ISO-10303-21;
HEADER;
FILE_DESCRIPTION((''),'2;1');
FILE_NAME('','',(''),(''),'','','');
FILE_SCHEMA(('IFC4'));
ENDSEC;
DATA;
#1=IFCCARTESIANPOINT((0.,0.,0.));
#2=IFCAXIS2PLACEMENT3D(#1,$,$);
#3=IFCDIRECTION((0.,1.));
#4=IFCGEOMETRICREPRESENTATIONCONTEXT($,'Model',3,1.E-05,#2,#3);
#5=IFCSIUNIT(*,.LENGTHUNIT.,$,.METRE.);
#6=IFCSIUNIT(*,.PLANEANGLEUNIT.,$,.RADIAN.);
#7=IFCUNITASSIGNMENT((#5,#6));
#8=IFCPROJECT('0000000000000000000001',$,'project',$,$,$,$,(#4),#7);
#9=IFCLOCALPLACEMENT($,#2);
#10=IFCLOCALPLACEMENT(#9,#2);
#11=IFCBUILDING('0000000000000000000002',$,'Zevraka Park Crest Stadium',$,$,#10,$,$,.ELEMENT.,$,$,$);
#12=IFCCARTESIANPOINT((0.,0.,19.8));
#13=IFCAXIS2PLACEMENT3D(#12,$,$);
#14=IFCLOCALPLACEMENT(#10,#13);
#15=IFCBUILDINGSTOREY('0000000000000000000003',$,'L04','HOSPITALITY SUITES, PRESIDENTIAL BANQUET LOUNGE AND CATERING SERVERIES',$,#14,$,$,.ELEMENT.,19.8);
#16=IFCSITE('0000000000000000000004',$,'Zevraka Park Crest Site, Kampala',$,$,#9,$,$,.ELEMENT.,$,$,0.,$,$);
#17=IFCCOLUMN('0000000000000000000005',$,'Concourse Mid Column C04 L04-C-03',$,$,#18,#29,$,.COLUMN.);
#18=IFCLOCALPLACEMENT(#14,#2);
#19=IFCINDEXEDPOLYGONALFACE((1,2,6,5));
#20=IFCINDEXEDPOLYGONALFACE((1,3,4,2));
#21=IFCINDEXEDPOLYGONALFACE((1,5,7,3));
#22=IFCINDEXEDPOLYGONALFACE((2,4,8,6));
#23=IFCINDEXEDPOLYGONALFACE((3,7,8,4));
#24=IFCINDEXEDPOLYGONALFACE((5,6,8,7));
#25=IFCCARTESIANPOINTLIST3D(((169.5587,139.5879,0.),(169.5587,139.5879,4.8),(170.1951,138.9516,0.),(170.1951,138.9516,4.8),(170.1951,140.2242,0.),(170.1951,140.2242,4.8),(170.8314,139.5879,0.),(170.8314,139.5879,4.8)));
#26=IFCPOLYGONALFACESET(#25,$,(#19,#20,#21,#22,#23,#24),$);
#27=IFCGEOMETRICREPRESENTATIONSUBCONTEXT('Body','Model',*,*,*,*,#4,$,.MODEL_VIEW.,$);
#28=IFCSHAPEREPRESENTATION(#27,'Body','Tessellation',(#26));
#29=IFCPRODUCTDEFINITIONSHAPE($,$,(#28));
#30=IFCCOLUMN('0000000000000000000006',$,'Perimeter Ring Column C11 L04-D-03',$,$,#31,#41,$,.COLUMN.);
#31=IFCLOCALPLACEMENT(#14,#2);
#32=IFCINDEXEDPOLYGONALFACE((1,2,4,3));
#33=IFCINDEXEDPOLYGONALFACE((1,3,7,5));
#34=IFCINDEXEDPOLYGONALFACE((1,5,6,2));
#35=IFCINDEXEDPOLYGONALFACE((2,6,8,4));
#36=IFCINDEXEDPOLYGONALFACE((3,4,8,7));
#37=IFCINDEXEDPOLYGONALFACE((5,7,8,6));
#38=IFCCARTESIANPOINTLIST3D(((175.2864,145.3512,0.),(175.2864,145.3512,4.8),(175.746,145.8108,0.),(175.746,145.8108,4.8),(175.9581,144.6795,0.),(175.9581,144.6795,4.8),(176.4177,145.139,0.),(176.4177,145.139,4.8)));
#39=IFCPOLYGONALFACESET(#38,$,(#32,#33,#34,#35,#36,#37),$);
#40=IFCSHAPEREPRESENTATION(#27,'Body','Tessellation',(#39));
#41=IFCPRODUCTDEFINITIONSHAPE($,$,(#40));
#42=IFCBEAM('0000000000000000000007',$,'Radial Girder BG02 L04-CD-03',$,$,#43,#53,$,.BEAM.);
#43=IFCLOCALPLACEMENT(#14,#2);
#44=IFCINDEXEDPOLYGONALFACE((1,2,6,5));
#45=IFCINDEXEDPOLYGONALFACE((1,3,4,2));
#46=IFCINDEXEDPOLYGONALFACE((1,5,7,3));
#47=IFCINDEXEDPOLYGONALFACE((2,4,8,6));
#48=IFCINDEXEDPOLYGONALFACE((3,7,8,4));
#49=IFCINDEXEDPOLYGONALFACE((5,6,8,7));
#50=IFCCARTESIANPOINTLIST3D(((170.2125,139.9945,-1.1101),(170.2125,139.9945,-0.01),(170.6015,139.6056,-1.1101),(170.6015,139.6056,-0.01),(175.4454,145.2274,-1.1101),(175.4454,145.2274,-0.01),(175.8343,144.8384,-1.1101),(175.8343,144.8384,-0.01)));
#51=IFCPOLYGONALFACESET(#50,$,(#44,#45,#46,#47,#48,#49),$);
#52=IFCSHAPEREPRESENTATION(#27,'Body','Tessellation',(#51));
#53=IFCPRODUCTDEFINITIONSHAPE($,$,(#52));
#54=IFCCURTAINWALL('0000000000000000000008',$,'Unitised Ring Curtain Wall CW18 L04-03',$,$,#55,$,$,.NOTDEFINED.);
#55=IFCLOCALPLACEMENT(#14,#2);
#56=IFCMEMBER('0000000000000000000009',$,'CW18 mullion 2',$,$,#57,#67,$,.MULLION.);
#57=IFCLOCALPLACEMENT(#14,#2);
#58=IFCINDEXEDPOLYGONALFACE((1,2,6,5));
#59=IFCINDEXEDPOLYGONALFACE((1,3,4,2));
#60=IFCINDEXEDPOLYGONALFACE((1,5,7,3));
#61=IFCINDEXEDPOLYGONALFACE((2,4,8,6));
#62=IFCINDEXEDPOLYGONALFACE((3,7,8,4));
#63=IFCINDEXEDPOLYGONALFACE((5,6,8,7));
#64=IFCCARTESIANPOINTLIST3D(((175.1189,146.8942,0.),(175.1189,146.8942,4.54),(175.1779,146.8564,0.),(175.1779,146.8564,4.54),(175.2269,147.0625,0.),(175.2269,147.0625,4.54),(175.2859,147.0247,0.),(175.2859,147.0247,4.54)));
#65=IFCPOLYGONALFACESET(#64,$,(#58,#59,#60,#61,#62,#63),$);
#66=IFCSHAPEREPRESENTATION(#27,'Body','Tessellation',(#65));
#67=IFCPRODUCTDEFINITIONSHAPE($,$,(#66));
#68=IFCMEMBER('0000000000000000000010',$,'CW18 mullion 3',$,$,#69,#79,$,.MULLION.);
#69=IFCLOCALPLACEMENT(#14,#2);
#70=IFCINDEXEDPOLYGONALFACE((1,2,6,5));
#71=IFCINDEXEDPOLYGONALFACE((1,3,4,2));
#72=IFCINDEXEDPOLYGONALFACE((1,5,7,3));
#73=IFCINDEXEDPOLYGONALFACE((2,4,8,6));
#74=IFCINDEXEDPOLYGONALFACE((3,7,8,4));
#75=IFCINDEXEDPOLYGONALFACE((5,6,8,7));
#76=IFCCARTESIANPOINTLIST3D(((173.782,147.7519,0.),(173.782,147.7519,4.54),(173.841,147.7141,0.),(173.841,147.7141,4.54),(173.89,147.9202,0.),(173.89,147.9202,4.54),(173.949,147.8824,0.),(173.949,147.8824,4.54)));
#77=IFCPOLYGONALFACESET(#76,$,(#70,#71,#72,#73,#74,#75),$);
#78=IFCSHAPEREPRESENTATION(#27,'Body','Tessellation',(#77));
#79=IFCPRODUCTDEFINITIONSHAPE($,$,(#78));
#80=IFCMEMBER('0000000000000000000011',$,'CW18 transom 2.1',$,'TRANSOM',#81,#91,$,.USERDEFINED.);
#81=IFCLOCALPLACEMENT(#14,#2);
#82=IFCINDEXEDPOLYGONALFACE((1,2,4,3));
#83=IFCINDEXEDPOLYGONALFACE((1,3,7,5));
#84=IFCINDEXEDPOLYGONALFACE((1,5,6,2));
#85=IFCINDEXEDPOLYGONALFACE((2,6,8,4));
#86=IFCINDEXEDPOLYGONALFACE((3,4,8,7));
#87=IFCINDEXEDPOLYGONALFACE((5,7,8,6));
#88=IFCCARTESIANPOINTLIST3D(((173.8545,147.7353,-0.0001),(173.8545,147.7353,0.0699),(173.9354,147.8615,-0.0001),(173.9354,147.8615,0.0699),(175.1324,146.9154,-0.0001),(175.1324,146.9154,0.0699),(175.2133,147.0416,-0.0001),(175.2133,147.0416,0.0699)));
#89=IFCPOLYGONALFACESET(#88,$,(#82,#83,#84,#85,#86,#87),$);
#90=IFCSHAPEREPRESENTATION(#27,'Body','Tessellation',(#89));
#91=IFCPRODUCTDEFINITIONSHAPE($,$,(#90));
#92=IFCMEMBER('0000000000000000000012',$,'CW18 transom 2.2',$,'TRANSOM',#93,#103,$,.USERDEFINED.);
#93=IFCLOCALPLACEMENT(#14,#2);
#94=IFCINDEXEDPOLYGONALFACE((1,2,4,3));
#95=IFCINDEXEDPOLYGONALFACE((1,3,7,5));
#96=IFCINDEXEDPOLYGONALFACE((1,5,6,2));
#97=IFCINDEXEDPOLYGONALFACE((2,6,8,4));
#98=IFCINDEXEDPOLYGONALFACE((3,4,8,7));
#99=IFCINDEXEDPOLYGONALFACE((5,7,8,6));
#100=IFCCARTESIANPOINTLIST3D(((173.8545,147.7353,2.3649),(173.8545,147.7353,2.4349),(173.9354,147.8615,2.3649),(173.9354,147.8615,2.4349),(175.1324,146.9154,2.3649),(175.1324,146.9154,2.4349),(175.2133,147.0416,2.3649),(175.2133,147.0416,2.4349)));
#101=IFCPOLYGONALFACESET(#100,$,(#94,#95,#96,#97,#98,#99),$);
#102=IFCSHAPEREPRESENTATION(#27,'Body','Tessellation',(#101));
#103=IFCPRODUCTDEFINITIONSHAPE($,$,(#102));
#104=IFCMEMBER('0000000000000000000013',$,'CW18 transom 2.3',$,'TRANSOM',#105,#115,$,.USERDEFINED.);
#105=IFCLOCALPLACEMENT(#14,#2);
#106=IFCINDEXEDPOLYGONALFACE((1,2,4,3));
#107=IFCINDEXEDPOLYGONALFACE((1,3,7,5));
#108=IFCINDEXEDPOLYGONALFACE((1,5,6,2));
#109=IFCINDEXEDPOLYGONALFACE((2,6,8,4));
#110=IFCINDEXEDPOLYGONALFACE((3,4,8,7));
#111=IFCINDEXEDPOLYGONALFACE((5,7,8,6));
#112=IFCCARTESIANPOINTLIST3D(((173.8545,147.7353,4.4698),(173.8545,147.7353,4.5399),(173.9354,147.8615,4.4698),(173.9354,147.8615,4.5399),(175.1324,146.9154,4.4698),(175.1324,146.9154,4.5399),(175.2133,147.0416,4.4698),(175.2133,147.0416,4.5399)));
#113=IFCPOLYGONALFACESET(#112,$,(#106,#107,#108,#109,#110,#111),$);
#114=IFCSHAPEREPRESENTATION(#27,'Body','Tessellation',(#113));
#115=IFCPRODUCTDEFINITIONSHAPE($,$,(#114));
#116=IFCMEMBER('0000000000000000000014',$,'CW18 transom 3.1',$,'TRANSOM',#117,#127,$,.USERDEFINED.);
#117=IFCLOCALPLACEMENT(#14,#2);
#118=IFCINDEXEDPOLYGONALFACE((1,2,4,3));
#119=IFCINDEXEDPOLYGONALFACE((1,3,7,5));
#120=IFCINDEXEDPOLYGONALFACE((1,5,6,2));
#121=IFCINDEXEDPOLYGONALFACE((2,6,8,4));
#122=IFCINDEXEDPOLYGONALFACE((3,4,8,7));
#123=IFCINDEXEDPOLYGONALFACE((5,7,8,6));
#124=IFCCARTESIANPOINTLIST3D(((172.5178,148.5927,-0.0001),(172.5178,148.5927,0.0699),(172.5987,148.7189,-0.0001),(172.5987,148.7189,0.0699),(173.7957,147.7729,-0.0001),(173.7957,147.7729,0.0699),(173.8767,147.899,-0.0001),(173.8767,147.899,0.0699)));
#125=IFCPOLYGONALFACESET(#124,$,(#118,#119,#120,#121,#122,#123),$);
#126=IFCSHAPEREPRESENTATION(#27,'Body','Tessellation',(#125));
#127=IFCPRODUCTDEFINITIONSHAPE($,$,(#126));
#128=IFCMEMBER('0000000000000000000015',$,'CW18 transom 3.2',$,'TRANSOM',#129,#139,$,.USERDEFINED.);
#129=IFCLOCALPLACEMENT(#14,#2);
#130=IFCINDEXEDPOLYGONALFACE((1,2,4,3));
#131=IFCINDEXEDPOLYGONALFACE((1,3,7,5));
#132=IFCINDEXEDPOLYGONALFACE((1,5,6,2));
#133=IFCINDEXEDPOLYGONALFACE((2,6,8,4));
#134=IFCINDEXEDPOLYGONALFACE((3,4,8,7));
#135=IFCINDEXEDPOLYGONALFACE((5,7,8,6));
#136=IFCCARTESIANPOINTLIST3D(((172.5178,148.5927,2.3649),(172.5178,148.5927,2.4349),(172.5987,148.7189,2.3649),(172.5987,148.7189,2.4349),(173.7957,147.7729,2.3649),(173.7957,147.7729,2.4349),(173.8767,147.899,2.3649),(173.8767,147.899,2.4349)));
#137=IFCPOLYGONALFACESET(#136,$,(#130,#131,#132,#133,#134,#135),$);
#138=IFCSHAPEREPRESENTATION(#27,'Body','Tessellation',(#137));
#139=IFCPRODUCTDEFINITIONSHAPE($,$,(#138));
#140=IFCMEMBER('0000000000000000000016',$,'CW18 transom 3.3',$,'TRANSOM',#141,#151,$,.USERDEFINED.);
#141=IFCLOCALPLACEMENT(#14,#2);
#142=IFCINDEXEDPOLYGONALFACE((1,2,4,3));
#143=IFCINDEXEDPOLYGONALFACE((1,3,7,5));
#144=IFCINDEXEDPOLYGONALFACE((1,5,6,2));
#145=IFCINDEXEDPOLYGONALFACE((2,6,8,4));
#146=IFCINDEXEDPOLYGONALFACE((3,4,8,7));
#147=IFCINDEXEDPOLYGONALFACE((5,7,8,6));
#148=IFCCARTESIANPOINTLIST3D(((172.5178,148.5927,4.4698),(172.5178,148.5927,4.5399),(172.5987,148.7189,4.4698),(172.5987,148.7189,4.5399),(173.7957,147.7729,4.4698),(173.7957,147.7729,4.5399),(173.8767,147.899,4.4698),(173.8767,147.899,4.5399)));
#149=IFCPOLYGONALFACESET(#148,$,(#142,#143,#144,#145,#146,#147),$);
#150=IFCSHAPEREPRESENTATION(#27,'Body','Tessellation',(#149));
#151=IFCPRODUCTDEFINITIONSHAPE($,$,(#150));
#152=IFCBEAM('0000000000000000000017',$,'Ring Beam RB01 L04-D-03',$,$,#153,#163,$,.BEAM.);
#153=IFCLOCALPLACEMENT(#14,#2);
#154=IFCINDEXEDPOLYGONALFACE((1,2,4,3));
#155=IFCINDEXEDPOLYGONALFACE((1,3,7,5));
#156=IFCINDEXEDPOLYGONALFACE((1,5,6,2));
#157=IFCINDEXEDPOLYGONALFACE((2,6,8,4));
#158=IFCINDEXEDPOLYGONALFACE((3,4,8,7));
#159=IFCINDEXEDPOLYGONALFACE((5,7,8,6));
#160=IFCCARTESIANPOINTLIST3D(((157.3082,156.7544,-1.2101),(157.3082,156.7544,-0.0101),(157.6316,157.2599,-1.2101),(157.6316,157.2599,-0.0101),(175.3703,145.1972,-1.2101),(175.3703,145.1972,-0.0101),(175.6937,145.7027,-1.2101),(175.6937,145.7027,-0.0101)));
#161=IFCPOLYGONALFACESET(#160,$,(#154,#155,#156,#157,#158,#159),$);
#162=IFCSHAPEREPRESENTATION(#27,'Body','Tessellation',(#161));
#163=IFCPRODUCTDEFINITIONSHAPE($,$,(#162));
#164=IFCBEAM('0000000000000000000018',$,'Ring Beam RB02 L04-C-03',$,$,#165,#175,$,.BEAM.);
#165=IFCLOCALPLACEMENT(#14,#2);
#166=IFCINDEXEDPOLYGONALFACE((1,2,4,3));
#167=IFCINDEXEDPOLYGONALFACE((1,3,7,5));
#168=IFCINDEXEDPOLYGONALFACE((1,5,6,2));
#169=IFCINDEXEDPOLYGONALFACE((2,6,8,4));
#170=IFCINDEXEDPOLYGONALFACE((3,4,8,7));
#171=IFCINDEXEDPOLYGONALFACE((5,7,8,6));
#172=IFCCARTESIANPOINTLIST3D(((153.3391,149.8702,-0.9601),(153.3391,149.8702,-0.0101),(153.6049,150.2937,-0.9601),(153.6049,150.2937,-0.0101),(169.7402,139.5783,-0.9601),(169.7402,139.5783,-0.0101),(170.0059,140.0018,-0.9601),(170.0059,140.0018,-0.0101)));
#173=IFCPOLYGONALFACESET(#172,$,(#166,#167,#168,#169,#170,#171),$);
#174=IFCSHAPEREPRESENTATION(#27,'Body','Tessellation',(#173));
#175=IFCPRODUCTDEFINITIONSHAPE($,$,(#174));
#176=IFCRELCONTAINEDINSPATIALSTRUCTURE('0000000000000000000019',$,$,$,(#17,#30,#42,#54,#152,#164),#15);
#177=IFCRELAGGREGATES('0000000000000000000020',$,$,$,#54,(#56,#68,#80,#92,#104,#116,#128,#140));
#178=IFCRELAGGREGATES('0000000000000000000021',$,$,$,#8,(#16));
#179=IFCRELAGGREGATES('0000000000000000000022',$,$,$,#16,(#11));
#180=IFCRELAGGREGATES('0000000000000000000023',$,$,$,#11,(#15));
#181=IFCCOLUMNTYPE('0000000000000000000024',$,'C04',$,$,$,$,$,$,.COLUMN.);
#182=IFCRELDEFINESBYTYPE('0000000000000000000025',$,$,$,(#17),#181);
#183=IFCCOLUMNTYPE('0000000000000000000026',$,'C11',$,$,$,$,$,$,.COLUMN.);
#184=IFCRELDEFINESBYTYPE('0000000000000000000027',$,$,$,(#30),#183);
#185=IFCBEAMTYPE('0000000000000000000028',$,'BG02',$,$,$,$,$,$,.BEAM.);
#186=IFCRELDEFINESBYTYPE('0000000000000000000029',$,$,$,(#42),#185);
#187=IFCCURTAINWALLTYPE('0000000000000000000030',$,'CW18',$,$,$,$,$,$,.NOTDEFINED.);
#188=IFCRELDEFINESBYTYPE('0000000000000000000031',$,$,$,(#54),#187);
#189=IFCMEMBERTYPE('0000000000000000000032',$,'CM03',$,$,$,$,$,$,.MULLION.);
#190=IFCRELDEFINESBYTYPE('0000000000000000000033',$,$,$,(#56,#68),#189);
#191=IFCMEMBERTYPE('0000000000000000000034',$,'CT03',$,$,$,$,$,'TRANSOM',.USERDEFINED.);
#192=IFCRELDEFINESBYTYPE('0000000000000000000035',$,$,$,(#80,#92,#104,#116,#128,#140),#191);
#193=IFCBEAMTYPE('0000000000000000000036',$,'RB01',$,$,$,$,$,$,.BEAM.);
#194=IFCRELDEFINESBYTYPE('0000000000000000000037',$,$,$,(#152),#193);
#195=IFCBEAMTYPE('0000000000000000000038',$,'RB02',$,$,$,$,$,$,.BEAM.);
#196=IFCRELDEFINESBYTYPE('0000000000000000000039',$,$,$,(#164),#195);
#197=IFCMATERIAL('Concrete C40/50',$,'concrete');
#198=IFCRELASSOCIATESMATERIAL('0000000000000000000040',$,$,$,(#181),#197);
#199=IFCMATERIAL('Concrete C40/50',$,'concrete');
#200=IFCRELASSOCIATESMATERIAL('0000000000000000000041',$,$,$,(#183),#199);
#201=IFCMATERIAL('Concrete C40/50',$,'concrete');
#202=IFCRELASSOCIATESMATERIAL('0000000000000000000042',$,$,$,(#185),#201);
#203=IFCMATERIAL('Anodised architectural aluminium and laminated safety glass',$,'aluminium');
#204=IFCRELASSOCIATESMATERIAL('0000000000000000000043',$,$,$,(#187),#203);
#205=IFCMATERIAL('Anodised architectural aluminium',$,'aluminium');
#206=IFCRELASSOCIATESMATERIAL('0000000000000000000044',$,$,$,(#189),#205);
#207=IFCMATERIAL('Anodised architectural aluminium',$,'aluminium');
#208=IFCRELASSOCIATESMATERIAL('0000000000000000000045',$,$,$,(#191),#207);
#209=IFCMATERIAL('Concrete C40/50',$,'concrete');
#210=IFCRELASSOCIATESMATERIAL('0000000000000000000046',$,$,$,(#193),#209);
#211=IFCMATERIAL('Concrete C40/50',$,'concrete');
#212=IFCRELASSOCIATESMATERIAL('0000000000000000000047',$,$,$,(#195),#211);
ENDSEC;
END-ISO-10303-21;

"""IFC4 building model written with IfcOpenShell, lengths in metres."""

from ifc_helpers import new_model, si_unit, direction, frame, origin, origin_2d, place, context, subcontext, project, spatial, rectangle, extrude, material, material_profile, profile_set, type_object, element, aggregate, save


model = new_model("IFC4")

# Units and contexts
model_context = context("Model", 3, precision=1e-05, world=origin(), true_north=direction((0.0, 1.0)))
body_context = subcontext(model_context, "Body", "Model", "MODEL_VIEW")
ifc_project = project(units=[si_unit("LENGTHUNIT", "METRE"), si_unit("PLANEANGLEUNIT", "RADIAN")], contexts=[model_context])

# Site, building, storey
site_placement = place(None, origin())
site = spatial("IfcSite", under=ifc_project, at=site_placement, Name="Zevraka Park Crest Site, Kampala", CompositionType="ELEMENT", RefElevation=0.0)
building_placement = place(site_placement, origin())
building = spatial("IfcBuilding", under=site, at=building_placement, Name="Zevraka Park Crest Stadium", CompositionType="ELEMENT")
storey_placement = place(building_placement, frame((0.0, 0.0, 19.8)))
storey = spatial("IfcBuildingStorey", under=building, at=storey_placement, Name="L04", Description="HOSPITALITY SUITES, PRESIDENTIAL BANQUET LOUNGE AND CATERING SERVERIES", CompositionType="ELEMENT", Elevation=19.8)

# Columns
ifc_material_1 = material(Name="Concrete C40/50", Category="concrete")
ifc_material_profile_1 = material_profile(ifc_material_1, rectangle(XDim=0.8999, YDim=0.8999, at=origin_2d()), Name="RC 900x900")
ifc_profile_set_1 = profile_set([ifc_material_profile_1], Name="Concrete C40/50")
column_type_1 = type_object("IfcColumnType", Name="C04", PredefinedType="COLUMN", material=ifc_profile_set_1)
column_1_placement = place(storey_placement, frame((170.1951, 139.5879, 0.0), z_axis=(0.0, 0.0, 1.0), x_axis=(0.707107, 0.707107, 0.0)))
element("IfcColumn", 1, at=column_1_placement, inside=storey, type_object=column_type_1, Name="Concourse Mid Column C04 L04-C-03", PredefinedType="COLUMN", context=body_context, shape_type="SweptSolid", body=[
    extrude(rectangle(XDim=0.8999, YDim=0.8999, at=origin_2d()), origin(), (0.0, 0.0, 1.0), 4.8),
])
ifc_material_2 = material(Name="Concrete C40/50", Category="concrete")
ifc_material_profile_2 = material_profile(ifc_material_2, rectangle(XDim=0.6499, YDim=0.95, at=origin_2d()), Name="RC 950x650")
ifc_profile_set_2 = profile_set([ifc_material_profile_2], Name="Concrete C40/50")
column_type_2 = type_object("IfcColumnType", Name="C11", PredefinedType="COLUMN", material=ifc_profile_set_2)
column_2_placement = place(storey_placement, frame((175.8521, 145.2451, 0.0), z_axis=(0.0, 0.0, 1.0), x_axis=(0.707107, 0.707107, 0.0)))
element("IfcColumn", 2, at=column_2_placement, inside=storey, type_object=column_type_2, Name="Perimeter Ring Column C11 L04-D-03", PredefinedType="COLUMN", context=body_context, shape_type="SweptSolid", body=[
    extrude(rectangle(XDim=0.6499, YDim=0.95, at=origin_2d()), origin(), (0.0, 0.0, 1.0), 4.8),
])

# Beam
ifc_material_3 = material(Name="Concrete C40/50", Category="concrete")
ifc_material_profile_3 = material_profile(ifc_material_3, rectangle(XDim=0.55, YDim=1.1001, at=origin_2d()), Name="RC 1100x550")
ifc_profile_set_3 = profile_set([ifc_material_profile_3], Name="Concrete C40/50")
beam_type_1 = type_object("IfcBeamType", Name="BG02", PredefinedType="BEAM", material=ifc_profile_set_3)
beam_1_placement = place(storey_placement, frame((170.407, 139.8, -0.5601), z_axis=(0.707107, 0.707107, 0.0), x_axis=(-0.707107, 0.707107, 0.0)))
element("IfcBeam", 3, at=beam_1_placement, inside=storey, type_object=beam_type_1, Name="Radial Girder BG02 L04-CD-03", PredefinedType="BEAM", context=body_context, shape_type="SweptSolid", body=[
    extrude(rectangle(XDim=0.55, YDim=1.1001, at=origin_2d()), origin(), (0.0, 0.0, 1.0), 7.4004),
])

# Curtain wall, members
ifc_material_4 = material(Name="Anodised architectural aluminium and laminated safety glass", Category="aluminium")
curtain_wall_type = type_object("IfcCurtainWallType", Name="CW18", PredefinedType="NOTDEFINED", material=ifc_material_4)
curtain_wall_placement = place(storey_placement, origin())
curtain_wall = element("IfcCurtainWall", 4, at=curtain_wall_placement, inside=storey, type_object=curtain_wall_type, Name="Unitised Ring Curtain Wall CW18 L04-03", PredefinedType="NOTDEFINED")
ifc_material_5 = material(Name="Anodised architectural aluminium", Category="aluminium")
ifc_material_profile_4 = material_profile(ifc_material_5, rectangle(XDim=0.2, YDim=0.0701, at=origin_2d()), Name="ALU MULLION 200x70")
ifc_profile_set_4 = profile_set([ifc_material_profile_4], Name="Anodised architectural aluminium")
member_type_1 = type_object("IfcMemberType", Name="CM03", PredefinedType="MULLION", material=ifc_profile_set_4)
member_1_placement = place(storey_placement, frame((175.2024, 146.9595, 0.0), z_axis=(0.0, 0.0, 1.0), x_axis=(-0.53998, -0.841678, 0.0)))
member_1 = element("IfcMember", 5, at=member_1_placement, type_object=member_type_1, Name="CW18 mullion 2", PredefinedType="MULLION", context=body_context, shape_type="SweptSolid", body=[
    extrude(rectangle(XDim=0.2, YDim=0.0701, at=origin_2d()), origin(), (0.0, 0.0, 1.0), 4.54),
])
member_2_placement = place(storey_placement, frame((173.8655, 147.8171, 0.0), z_axis=(0.0, 0.0, 1.0), x_axis=(-0.53998, -0.841678, 0.0)))
member_2 = element("IfcMember", 6, at=member_2_placement, type_object=member_type_1, Name="CW18 mullion 3", PredefinedType="MULLION", context=body_context, shape_type="SweptSolid", body=[
    extrude(rectangle(XDim=0.2, YDim=0.0701, at=origin_2d()), origin(), (0.0, 0.0, 1.0), 4.54),
])
ifc_material_6 = material(Name="Anodised architectural aluminium", Category="aluminium")
ifc_material_profile_5 = material_profile(ifc_material_6, rectangle(XDim=0.1499, YDim=0.0701, at=origin_2d()), Name="ALU TRANSOM 150x70")
ifc_profile_set_5 = profile_set([ifc_material_profile_5], Name="Anodised architectural aluminium")
member_type_2 = type_object("IfcMemberType", Name="CT03", ElementType="TRANSOM", PredefinedType="USERDEFINED", material=ifc_profile_set_5)
member_3_placement = place(storey_placement, frame((175.1729, 146.9785, 0.0349), z_axis=(-0.841669, 0.539993, 0.0), x_axis=(-0.539993, -0.841669, 0.0)))
member_3 = element("IfcMember", 7, at=member_3_placement, type_object=member_type_2, Name="CW18 transom 2.1", ObjectType="TRANSOM", PredefinedType="USERDEFINED", context=body_context, shape_type="SweptSolid", body=[
    extrude(rectangle(XDim=0.1499, YDim=0.0701, at=origin_2d()), origin(), (0.0, 0.0, 1.0), 1.5183),
])
member_4_placement = place(storey_placement, frame((175.1729, 146.9785, 2.3999), z_axis=(-0.841669, 0.539993, 0.0), x_axis=(-0.539993, -0.841669, 0.0)))
member_4 = element("IfcMember", 8, at=member_4_placement, type_object=member_type_2, Name="CW18 transom 2.2", ObjectType="TRANSOM", PredefinedType="USERDEFINED", context=body_context, shape_type="SweptSolid", body=[
    extrude(rectangle(XDim=0.1499, YDim=0.0701, at=origin_2d()), origin(), (0.0, 0.0, 1.0), 1.5183),
])
member_5_placement = place(storey_placement, frame((175.1729, 146.9785, 4.5049), z_axis=(-0.841669, 0.539993, 0.0), x_axis=(-0.539993, -0.841669, 0.0)))
member_5 = element("IfcMember", 9, at=member_5_placement, type_object=member_type_2, Name="CW18 transom 2.3", ObjectType="TRANSOM", PredefinedType="USERDEFINED", context=body_context, shape_type="SweptSolid", body=[
    extrude(rectangle(XDim=0.1499, YDim=0.0701, at=origin_2d()), origin(), (0.0, 0.0, 1.0), 1.5183),
])
member_6_placement = place(storey_placement, frame((173.8362, 147.8359, 0.0349), z_axis=(-0.841669, 0.539993, 0.0), x_axis=(-0.539993, -0.841669, 0.0)))
member_6 = element("IfcMember", 10, at=member_6_placement, type_object=member_type_2, Name="CW18 transom 3.1", ObjectType="TRANSOM", PredefinedType="USERDEFINED", context=body_context, shape_type="SweptSolid", body=[
    extrude(rectangle(XDim=0.1499, YDim=0.0701, at=origin_2d()), origin(), (0.0, 0.0, 1.0), 1.5183),
])
member_7_placement = place(storey_placement, frame((173.8362, 147.8359, 2.3999), z_axis=(-0.841669, 0.539993, 0.0), x_axis=(-0.539993, -0.841669, 0.0)))
member_7 = element("IfcMember", 11, at=member_7_placement, type_object=member_type_2, Name="CW18 transom 3.2", ObjectType="TRANSOM", PredefinedType="USERDEFINED", context=body_context, shape_type="SweptSolid", body=[
    extrude(rectangle(XDim=0.1499, YDim=0.0701, at=origin_2d()), origin(), (0.0, 0.0, 1.0), 1.5183),
])
member_8_placement = place(storey_placement, frame((173.8362, 147.8359, 4.5049), z_axis=(-0.841669, 0.539993, 0.0), x_axis=(-0.539993, -0.841669, 0.0)))
member_8 = element("IfcMember", 12, at=member_8_placement, type_object=member_type_2, Name="CW18 transom 3.3", ObjectType="TRANSOM", PredefinedType="USERDEFINED", context=body_context, shape_type="SweptSolid", body=[
    extrude(rectangle(XDim=0.1499, YDim=0.0701, at=origin_2d()), origin(), (0.0, 0.0, 1.0), 1.5183),
])

# Beams
ifc_material_7 = material(Name="Concrete C40/50", Category="concrete")
ifc_material_profile_6 = material_profile(ifc_material_7, rectangle(XDim=0.6001, YDim=1.2, at=origin_2d()), Name="RC 1200x600")
ifc_profile_set_6 = profile_set([ifc_material_profile_6], Name="Concrete C40/50")
beam_type_2 = type_object("IfcBeamType", Name="RB01", PredefinedType="BEAM", material=ifc_profile_set_6)
beam_2_placement = place(storey_placement, frame((175.532, 145.45, -0.6101), z_axis=(-0.842326, 0.538969, 0.0), x_axis=(-0.538969, -0.842326, 0.0)))
element("IfcBeam", 13, at=beam_2_placement, inside=storey, type_object=beam_type_2, Name="Ring Beam RB01 L04-D-03", PredefinedType="BEAM", context=body_context, shape_type="SweptSolid", body=[
    extrude(rectangle(XDim=0.6001, YDim=1.2, at=origin_2d()), origin(), (0.0, 0.0, 1.0), 21.4431),
])
ifc_material_8 = material(Name="Concrete C40/50", Category="concrete")
ifc_material_profile_7 = material_profile(ifc_material_8, rectangle(XDim=0.5, YDim=0.95, at=origin_2d()), Name="RC 950x500")
ifc_profile_set_7 = profile_set([ifc_material_profile_7], Name="Concrete C40/50")
beam_type_3 = type_object("IfcBeamType", Name="RB02", PredefinedType="BEAM", material=ifc_profile_set_7)
beam_3_placement = place(storey_placement, frame((169.873, 139.79, -0.4851), z_axis=(-0.847039, 0.531532, 0.0), x_axis=(-0.531532, -0.847039, 0.0)))
element("IfcBeam", 14, at=beam_3_placement, inside=storey, type_object=beam_type_3, Name="Ring Beam RB02 L04-C-03", PredefinedType="BEAM", context=body_context, shape_type="SweptSolid", body=[
    extrude(rectangle(XDim=0.5, YDim=0.95, at=origin_2d()), origin(), (0.0, 0.0, 1.0), 19.3628),
])

aggregate(curtain_wall, [member_1, member_2, member_3, member_4, member_5, member_6, member_7, member_8])

save(model, "model.ifc")
